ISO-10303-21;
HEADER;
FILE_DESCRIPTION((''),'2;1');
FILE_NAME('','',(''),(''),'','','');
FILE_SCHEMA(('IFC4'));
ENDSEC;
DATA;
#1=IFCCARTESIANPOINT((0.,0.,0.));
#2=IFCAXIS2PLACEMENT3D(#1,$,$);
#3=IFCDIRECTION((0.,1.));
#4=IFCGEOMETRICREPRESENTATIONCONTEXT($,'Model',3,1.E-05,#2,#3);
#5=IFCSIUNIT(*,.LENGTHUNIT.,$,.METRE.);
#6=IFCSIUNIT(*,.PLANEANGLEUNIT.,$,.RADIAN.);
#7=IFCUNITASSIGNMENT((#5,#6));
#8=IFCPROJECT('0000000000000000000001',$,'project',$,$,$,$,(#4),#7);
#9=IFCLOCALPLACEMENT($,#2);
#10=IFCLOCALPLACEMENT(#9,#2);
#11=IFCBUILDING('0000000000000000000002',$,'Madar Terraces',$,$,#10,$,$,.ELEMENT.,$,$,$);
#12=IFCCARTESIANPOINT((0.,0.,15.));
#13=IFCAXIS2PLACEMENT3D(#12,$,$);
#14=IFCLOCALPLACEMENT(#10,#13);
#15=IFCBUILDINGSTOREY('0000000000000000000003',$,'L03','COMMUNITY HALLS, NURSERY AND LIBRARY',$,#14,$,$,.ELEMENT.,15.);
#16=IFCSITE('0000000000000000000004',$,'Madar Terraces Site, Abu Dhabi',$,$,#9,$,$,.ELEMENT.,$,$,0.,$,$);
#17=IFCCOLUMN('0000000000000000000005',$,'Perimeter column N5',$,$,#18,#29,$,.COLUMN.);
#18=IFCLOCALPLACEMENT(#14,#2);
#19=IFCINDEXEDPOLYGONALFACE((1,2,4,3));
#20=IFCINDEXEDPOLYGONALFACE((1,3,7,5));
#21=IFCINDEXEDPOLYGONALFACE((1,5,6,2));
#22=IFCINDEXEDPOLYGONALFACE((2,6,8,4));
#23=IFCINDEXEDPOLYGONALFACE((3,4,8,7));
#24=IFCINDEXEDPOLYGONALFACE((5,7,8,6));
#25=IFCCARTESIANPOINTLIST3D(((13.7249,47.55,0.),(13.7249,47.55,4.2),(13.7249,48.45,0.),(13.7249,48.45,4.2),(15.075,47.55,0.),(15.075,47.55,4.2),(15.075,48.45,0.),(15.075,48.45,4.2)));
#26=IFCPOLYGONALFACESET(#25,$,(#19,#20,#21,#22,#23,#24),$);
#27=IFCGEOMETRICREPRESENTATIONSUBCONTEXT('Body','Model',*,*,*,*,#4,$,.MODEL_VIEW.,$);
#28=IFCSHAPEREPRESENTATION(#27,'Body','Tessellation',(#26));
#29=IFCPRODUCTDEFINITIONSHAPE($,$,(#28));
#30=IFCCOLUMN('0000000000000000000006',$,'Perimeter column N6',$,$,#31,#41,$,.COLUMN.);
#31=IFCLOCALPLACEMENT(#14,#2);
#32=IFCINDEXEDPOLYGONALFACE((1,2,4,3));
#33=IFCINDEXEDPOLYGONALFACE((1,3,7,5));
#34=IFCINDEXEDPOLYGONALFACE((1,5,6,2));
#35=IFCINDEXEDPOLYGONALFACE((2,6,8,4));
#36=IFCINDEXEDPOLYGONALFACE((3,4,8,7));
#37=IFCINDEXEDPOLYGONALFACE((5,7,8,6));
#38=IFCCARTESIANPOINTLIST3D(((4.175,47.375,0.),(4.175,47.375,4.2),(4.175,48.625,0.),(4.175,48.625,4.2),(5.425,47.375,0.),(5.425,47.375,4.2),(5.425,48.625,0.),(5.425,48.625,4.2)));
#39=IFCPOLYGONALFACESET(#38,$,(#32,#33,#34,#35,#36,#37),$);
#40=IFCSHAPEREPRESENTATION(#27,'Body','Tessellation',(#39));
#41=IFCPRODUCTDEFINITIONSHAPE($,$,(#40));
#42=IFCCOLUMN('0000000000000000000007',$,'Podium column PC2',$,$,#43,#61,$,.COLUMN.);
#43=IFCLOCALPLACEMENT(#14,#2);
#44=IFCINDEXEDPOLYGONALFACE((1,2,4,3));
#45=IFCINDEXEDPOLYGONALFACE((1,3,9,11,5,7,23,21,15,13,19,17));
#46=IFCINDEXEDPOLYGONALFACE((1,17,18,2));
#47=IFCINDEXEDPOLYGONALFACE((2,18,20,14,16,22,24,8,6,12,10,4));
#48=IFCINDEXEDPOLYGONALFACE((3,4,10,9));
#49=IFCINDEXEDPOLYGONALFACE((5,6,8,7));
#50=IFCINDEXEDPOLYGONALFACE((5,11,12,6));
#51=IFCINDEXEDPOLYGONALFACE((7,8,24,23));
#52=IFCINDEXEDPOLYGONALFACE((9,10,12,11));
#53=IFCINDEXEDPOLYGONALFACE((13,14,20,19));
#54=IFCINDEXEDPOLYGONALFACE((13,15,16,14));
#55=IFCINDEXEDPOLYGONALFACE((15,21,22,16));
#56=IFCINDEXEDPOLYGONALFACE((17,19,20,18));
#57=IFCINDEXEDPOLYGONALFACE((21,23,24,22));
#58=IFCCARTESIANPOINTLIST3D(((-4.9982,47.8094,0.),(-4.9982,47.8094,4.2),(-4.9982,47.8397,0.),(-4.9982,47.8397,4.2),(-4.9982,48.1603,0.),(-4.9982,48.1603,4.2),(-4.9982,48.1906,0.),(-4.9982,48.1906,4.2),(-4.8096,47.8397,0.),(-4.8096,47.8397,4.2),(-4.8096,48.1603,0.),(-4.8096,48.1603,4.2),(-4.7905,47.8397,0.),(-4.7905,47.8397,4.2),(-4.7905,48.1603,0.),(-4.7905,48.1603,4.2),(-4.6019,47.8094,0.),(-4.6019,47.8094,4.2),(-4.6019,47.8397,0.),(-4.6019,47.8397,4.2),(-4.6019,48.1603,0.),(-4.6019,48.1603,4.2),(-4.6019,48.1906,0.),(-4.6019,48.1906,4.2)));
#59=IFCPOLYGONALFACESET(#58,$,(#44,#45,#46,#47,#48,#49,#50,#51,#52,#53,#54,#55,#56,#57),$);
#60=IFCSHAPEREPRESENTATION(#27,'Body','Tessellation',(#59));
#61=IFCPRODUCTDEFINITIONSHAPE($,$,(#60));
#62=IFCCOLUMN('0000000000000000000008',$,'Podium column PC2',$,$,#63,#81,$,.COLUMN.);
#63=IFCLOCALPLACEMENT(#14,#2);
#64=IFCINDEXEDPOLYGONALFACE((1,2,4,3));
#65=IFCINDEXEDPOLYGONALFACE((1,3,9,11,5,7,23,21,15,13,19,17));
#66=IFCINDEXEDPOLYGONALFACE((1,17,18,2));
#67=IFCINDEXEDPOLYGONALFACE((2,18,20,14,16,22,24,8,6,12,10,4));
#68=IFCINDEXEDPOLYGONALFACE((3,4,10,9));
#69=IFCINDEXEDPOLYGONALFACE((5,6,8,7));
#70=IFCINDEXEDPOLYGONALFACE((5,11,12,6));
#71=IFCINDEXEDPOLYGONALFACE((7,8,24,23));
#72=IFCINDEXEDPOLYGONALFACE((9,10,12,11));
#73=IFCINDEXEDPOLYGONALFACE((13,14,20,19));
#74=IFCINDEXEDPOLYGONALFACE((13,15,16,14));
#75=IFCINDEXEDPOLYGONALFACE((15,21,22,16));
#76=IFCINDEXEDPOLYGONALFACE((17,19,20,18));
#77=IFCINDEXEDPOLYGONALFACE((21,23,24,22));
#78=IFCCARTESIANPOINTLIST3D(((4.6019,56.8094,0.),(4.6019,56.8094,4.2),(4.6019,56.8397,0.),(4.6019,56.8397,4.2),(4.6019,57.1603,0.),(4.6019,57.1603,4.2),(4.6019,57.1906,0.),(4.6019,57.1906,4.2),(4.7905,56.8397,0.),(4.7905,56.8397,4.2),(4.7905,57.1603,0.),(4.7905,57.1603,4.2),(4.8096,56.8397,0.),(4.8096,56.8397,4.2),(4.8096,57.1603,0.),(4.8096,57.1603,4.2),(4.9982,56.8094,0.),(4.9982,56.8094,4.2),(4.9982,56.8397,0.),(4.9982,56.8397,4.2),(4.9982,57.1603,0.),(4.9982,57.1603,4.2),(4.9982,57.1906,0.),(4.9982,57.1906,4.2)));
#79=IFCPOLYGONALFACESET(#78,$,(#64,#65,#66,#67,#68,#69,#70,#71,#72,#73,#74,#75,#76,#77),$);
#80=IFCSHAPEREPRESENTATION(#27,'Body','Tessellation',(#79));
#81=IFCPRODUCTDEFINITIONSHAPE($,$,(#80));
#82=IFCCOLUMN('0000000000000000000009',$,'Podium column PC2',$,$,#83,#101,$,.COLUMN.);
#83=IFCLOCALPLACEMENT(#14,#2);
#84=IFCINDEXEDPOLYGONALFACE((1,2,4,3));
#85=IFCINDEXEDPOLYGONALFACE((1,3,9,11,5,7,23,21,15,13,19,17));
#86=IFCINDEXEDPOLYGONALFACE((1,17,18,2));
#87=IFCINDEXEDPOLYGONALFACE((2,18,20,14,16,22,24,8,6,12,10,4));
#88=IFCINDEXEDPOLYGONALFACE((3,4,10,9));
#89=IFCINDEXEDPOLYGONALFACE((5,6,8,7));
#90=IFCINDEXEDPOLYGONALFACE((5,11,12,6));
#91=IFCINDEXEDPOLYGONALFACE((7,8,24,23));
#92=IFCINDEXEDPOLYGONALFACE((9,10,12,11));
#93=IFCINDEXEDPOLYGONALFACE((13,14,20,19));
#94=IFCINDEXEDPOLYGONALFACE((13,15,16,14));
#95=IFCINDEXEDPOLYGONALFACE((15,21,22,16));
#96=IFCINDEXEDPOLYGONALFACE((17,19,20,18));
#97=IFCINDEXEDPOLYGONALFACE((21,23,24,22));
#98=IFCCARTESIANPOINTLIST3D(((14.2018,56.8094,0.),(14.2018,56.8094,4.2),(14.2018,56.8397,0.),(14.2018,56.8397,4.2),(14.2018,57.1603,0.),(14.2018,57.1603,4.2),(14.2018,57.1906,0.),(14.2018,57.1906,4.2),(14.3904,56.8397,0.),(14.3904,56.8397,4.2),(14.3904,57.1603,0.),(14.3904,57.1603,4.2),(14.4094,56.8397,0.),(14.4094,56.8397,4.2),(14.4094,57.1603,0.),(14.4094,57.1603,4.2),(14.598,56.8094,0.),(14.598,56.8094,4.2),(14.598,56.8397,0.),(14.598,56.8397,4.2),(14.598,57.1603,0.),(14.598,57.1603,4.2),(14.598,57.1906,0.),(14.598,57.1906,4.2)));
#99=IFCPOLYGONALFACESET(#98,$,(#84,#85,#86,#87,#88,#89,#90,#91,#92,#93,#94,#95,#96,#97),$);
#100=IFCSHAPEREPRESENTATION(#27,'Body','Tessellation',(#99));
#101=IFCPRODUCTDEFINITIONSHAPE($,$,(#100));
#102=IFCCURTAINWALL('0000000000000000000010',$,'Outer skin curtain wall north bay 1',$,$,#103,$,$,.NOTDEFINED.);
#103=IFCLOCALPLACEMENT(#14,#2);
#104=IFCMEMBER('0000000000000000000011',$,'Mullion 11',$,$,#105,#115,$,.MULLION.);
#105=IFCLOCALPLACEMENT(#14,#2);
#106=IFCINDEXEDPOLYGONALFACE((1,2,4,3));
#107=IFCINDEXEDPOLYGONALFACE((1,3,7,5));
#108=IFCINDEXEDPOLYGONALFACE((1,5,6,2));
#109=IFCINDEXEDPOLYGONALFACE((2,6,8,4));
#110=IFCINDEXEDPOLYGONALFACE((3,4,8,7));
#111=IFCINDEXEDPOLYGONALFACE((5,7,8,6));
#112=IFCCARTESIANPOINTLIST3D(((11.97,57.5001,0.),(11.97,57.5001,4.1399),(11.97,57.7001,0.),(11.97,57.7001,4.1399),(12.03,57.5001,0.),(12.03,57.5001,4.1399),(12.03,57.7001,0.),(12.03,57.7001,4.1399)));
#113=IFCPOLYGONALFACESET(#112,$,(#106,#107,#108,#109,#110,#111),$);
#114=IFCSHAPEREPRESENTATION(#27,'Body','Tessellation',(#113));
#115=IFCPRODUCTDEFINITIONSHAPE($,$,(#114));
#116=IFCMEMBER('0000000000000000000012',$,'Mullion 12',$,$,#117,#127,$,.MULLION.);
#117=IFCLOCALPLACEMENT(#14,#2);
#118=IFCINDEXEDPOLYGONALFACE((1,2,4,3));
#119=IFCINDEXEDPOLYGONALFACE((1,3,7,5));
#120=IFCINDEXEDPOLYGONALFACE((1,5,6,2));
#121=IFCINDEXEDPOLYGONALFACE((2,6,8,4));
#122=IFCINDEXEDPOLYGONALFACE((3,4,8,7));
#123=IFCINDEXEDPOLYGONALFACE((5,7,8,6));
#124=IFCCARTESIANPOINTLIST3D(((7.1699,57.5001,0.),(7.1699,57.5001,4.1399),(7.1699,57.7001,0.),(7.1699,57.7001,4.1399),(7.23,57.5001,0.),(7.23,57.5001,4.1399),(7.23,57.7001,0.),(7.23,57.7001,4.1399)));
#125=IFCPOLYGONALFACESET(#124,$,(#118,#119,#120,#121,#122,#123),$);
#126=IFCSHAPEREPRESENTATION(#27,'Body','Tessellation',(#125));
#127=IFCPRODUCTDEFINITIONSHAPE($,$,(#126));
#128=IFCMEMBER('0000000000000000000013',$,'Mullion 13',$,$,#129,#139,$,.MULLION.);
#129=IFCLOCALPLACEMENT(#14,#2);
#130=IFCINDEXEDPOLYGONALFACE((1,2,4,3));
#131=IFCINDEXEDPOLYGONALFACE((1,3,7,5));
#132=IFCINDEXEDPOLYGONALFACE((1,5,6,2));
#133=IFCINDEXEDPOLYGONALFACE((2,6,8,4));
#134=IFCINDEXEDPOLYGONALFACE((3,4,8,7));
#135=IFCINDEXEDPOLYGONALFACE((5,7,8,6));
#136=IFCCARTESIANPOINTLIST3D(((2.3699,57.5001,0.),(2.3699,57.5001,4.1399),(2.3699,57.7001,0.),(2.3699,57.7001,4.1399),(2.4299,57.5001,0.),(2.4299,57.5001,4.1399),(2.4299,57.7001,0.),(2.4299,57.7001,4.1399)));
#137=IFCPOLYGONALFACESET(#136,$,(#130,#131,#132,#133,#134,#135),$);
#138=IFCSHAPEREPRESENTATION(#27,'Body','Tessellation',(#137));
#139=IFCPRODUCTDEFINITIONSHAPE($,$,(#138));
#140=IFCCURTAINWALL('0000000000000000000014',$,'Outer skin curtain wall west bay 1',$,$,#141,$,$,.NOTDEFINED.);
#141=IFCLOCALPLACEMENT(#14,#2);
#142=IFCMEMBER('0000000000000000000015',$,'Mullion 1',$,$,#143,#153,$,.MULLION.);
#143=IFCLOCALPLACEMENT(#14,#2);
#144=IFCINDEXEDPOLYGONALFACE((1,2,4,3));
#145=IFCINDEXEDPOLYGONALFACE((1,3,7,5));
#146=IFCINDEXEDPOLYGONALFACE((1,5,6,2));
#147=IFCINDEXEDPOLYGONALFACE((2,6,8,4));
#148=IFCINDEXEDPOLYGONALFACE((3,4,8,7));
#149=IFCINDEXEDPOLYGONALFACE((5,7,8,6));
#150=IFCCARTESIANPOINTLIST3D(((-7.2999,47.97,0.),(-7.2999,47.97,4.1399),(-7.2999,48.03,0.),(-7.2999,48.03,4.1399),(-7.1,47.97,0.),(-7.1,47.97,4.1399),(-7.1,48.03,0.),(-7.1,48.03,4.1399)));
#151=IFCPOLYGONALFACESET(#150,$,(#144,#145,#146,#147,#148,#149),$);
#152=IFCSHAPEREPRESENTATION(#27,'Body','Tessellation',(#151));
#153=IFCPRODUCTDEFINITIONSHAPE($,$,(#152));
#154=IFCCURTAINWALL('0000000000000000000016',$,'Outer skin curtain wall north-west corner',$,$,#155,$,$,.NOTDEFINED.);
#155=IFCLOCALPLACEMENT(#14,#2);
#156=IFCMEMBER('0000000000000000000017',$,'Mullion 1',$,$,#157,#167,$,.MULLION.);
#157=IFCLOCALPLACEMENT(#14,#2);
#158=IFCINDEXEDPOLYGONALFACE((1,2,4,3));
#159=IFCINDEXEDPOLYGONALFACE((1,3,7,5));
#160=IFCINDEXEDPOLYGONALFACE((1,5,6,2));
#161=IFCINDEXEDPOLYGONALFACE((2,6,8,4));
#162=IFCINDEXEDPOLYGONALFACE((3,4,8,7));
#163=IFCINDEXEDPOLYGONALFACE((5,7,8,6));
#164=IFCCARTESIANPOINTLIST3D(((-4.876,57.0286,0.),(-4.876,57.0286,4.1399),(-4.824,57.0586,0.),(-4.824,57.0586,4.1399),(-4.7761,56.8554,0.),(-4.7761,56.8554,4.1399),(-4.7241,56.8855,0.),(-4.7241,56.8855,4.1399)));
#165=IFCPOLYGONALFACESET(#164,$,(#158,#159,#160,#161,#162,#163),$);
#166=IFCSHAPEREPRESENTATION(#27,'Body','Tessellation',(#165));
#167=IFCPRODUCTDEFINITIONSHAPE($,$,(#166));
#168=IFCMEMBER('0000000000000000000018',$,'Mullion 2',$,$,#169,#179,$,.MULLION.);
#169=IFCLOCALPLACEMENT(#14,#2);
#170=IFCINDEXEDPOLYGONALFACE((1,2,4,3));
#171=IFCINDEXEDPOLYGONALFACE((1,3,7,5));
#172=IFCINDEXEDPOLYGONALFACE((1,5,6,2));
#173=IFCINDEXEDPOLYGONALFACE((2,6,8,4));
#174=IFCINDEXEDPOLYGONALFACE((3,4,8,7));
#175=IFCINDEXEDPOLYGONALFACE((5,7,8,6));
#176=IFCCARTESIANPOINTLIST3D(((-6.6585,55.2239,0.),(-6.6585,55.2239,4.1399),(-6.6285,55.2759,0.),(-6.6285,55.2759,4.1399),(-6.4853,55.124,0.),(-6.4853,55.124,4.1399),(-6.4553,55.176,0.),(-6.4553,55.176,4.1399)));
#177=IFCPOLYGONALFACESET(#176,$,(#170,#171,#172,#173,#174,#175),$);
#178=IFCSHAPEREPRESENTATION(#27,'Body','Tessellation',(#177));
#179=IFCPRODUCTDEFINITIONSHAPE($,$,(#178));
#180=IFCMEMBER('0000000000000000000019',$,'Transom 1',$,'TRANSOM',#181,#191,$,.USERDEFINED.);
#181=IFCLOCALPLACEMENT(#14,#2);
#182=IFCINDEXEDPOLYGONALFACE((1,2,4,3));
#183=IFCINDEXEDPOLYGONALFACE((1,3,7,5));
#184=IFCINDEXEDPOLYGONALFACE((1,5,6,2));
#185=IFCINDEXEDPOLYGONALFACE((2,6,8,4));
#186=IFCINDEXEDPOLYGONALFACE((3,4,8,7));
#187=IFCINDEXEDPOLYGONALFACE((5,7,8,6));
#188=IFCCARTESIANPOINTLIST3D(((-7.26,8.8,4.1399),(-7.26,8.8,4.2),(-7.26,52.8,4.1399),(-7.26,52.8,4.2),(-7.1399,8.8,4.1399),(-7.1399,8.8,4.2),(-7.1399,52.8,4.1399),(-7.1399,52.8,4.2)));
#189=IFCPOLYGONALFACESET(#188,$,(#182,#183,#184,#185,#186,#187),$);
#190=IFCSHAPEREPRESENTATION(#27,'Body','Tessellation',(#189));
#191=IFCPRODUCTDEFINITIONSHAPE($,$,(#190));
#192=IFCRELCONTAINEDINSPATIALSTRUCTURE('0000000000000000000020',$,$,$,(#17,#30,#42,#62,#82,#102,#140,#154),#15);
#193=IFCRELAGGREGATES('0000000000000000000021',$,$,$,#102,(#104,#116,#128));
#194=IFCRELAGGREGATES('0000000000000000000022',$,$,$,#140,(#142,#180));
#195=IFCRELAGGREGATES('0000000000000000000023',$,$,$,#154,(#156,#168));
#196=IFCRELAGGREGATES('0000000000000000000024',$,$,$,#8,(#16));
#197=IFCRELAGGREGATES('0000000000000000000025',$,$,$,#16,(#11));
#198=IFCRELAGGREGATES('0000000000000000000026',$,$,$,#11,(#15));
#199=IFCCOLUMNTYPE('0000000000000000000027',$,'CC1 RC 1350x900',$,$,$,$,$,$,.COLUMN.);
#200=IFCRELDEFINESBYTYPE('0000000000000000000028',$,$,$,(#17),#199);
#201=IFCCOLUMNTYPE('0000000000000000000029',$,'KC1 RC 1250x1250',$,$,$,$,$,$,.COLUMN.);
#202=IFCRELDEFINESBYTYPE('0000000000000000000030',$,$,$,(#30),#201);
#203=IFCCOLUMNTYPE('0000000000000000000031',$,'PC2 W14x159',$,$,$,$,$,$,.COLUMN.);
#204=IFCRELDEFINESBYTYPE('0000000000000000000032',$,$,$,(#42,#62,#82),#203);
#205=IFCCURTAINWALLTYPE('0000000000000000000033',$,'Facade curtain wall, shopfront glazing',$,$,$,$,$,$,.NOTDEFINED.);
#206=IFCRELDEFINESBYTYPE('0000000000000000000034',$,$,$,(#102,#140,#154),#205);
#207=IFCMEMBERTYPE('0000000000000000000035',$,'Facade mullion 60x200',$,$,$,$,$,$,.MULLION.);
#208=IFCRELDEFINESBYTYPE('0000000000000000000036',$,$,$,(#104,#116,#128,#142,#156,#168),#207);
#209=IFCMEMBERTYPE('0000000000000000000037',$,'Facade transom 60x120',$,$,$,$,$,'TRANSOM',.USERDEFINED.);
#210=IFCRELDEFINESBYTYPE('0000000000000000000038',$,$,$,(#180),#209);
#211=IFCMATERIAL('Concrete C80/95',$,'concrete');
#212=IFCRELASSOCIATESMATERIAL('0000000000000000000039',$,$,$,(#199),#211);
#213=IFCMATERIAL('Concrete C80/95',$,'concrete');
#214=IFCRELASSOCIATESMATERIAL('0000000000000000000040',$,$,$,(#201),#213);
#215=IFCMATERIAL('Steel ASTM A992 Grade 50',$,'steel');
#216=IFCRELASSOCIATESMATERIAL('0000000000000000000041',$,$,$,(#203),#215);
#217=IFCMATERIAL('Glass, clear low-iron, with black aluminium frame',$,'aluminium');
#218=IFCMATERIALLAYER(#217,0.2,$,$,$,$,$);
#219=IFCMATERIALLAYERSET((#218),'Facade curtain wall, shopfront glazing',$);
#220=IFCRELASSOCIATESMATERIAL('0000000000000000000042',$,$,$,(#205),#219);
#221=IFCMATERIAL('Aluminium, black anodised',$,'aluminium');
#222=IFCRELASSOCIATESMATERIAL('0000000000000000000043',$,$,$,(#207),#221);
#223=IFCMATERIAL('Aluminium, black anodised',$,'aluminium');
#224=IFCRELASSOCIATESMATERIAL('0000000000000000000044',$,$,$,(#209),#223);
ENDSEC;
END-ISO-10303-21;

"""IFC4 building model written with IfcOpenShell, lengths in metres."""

from ifc_helpers import new_model, si_unit, direction, frame, origin, origin_2d, place, context, subcontext, project, spatial, rectangle, i_section, extrude, material, layer, layer_set, material_profile, profile_set, type_object, element, aggregate, save


model = new_model("IFC4")

# Units and contexts
model_context = context("Model", 3, precision=1e-05, world=origin(), true_north=direction((0.0, 1.0)))
body_context = subcontext(model_context, "Body", "Model", "MODEL_VIEW")
ifc_project = project(units=[si_unit("LENGTHUNIT", "METRE"), si_unit("PLANEANGLEUNIT", "RADIAN")], contexts=[model_context])

# Site, building, storey
site_placement = place(None, origin())
site = spatial("IfcSite", under=ifc_project, at=site_placement, Name="Madar Terraces Site, Abu Dhabi", CompositionType="ELEMENT", RefElevation=0.0)
building_placement = place(site_placement, origin())
building = spatial("IfcBuilding", under=site, at=building_placement, Name="Madar Terraces", CompositionType="ELEMENT")
storey_placement = place(building_placement, frame((0.0, 0.0, 15.0)))
storey = spatial("IfcBuildingStorey", under=building, at=storey_placement, Name="L03", Description="COMMUNITY HALLS, NURSERY AND LIBRARY", CompositionType="ELEMENT", Elevation=15.0)

# Columns
ifc_material_1 = material(Name="Concrete C80/95", Category="concrete")
ifc_material_profile_1 = material_profile(ifc_material_1, rectangle(XDim=1.3501, YDim=0.8999, at=origin_2d()), Name="CC1 RC 1350x900")
ifc_profile_set_1 = profile_set([ifc_material_profile_1], Name="Concrete C80/95")
column_type_1 = type_object("IfcColumnType", Name="CC1 RC 1350x900", PredefinedType="COLUMN", material=ifc_profile_set_1)
column_1_placement = place(storey_placement, frame((14.3999, 48.0, 0.0), z_axis=(0.0, 0.0, 1.0), x_axis=(1.0, 0.0, 0.0)))
element("IfcColumn", 1, at=column_1_placement, inside=storey, type_object=column_type_1, Name="Perimeter column N5", PredefinedType="COLUMN", context=body_context, shape_type="SweptSolid", body=[
    extrude(rectangle(XDim=1.3501, YDim=0.8999, at=origin_2d()), origin(), (0.0, 0.0, 1.0), 4.2),
])
ifc_material_2 = material(Name="Concrete C80/95", Category="concrete")
ifc_material_profile_2 = material_profile(ifc_material_2, rectangle(XDim=1.25, YDim=1.25, at=origin_2d()), Name="KC1 RC 1250x1250")
ifc_profile_set_2 = profile_set([ifc_material_profile_2], Name="Concrete C80/95")
column_type_2 = type_object("IfcColumnType", Name="KC1 RC 1250x1250", PredefinedType="COLUMN", material=ifc_profile_set_2)
column_2_placement = place(storey_placement, frame((4.8, 48.0, 0.0), z_axis=(0.0, 0.0, 1.0), x_axis=(1.0, 0.0, 0.0)))
element("IfcColumn", 2, at=column_2_placement, inside=storey, type_object=column_type_2, Name="Perimeter column N6", PredefinedType="COLUMN", context=body_context, shape_type="SweptSolid", body=[
    extrude(rectangle(XDim=1.25, YDim=1.25, at=origin_2d()), origin(), (0.0, 0.0, 1.0), 4.2),
])
ifc_material_3 = material(Name="Steel ASTM A992 Grade 50", Category="steel")
ifc_material_profile_3 = material_profile(ifc_material_3, i_section(OverallWidth=0.3962, OverallDepth=0.3811, WebThickness=0.019, FlangeThickness=0.0303, at=origin_2d()), Name="W14x159")
ifc_profile_set_3 = profile_set([ifc_material_profile_3], Name="Steel ASTM A992 Grade 50")
column_type_3 = type_object("IfcColumnType", Name="PC2 W14x159", PredefinedType="COLUMN", material=ifc_profile_set_3)
for number, where, z_axis, x_axis, name in (
    (3, (-4.8, 48.0, 0.0), (0.0, 0.0, 1.0), (1.0, 0.0, 0.0), "Podium column PC2"),
    (4, (4.8, 57.0, 0.0), (0.0, 0.0, 1.0), (1.0, 0.0, 0.0), "Podium column PC2"),
    (5, (14.3999, 57.0, 0.0), (0.0, 0.0, 1.0), (1.0, 0.0, 0.0), "Podium column PC2"),
):
    element("IfcColumn", number, at=place(storey_placement, frame(where, z_axis=z_axis, x_axis=x_axis)), inside=storey, type_object=column_type_3, Name=name, PredefinedType="COLUMN", context=body_context, shape_type="SweptSolid", body=[
        extrude(i_section(OverallWidth=0.3962, OverallDepth=0.3811, WebThickness=0.019, FlangeThickness=0.0303, at=origin_2d()), origin(), (0.0, 0.0, 1.0), 4.2),
    ])

# Curtain wall, members
ifc_material_4 = material(Name="Glass, clear low-iron, with black aluminium frame", Category="aluminium")
ifc_layer_1 = layer(ifc_material_4, 0.2)
ifc_layer_set_1 = layer_set([ifc_layer_1], Name="Facade curtain wall, shopfront glazing")
curtain_wall_type = type_object("IfcCurtainWallType", Name="Facade curtain wall, shopfront glazing", PredefinedType="NOTDEFINED", material=ifc_layer_set_1)
curtain_wall_1_placement = place(storey_placement, origin())
curtain_wall_1 = element("IfcCurtainWall", 6, at=curtain_wall_1_placement, inside=storey, type_object=curtain_wall_type, Name="Outer skin curtain wall north bay 1", PredefinedType="NOTDEFINED")
ifc_material_5 = material(Name="Aluminium, black anodised", Category="aluminium")
ifc_material_profile_4 = material_profile(ifc_material_5, rectangle(XDim=0.2, YDim=0.0601, at=origin_2d()), Name="Facade mullion 60x200")
ifc_profile_set_4 = profile_set([ifc_material_profile_4], Name="Aluminium, black anodised")
member_type_1 = type_object("IfcMemberType", Name="Facade mullion 60x200", PredefinedType="MULLION", material=ifc_profile_set_4)
member_1_placement = place(storey_placement, frame((12.0, 57.6001, 0.0), z_axis=(0.0, 0.0, 1.0), x_axis=(0.0, -1.0, 0.0)))
member_1 = element("IfcMember", 7, at=member_1_placement, type_object=member_type_1, Name="Mullion 11", PredefinedType="MULLION", context=body_context, shape_type="SweptSolid", body=[
    extrude(rectangle(XDim=0.2, YDim=0.0601, at=origin_2d()), origin(), (0.0, 0.0, 1.0), 4.1399),
])
member_2_placement = place(storey_placement, frame((7.2, 57.6001, 0.0), z_axis=(0.0, 0.0, 1.0), x_axis=(0.0, -1.0, 0.0)))
member_2 = element("IfcMember", 8, at=member_2_placement, type_object=member_type_1, Name="Mullion 12", PredefinedType="MULLION", context=body_context, shape_type="SweptSolid", body=[
    extrude(rectangle(XDim=0.2, YDim=0.0601, at=origin_2d()), origin(), (0.0, 0.0, 1.0), 4.1399),
])
member_3_placement = place(storey_placement, frame((2.3999, 57.6001, 0.0), z_axis=(0.0, 0.0, 1.0), x_axis=(0.0, -1.0, 0.0)))
member_3 = element("IfcMember", 9, at=member_3_placement, type_object=member_type_1, Name="Mullion 13", PredefinedType="MULLION", context=body_context, shape_type="SweptSolid", body=[
    extrude(rectangle(XDim=0.2, YDim=0.0601, at=origin_2d()), origin(), (0.0, 0.0, 1.0), 4.1399),
])

# Curtain wall, member
curtain_wall_2_placement = place(storey_placement, origin())
curtain_wall_2 = element("IfcCurtainWall", 10, at=curtain_wall_2_placement, inside=storey, type_object=curtain_wall_type, Name="Outer skin curtain wall west bay 1", PredefinedType="NOTDEFINED")
member_4_placement = place(storey_placement, frame((-7.2, 48.0, 0.0), z_axis=(0.0, 0.0, 1.0), x_axis=(1.0, 0.0, 0.0)))
member_4 = element("IfcMember", 11, at=member_4_placement, type_object=member_type_1, Name="Mullion 1", PredefinedType="MULLION", context=body_context, shape_type="SweptSolid", body=[
    extrude(rectangle(XDim=0.2, YDim=0.0601, at=origin_2d()), origin(), (0.0, 0.0, 1.0), 4.1399),
])

# Curtain wall, members
curtain_wall_3_placement = place(storey_placement, origin())
curtain_wall_3 = element("IfcCurtainWall", 12, at=curtain_wall_3_placement, inside=storey, type_object=curtain_wall_type, Name="Outer skin curtain wall north-west corner", PredefinedType="NOTDEFINED")
member_5_placement = place(storey_placement, frame((-4.8, 56.957, 0.0), z_axis=(0.0, 0.0, 1.0), x_axis=(0.5, -0.866025, 0.0)))
member_5 = element("IfcMember", 13, at=member_5_placement, type_object=member_type_1, Name="Mullion 1", PredefinedType="MULLION", context=body_context, shape_type="SweptSolid", body=[
    extrude(rectangle(XDim=0.2, YDim=0.0601, at=origin_2d()), origin(), (0.0, 0.0, 1.0), 4.1399),
])
member_6_placement = place(storey_placement, frame((-6.5569, 55.2, 0.0), z_axis=(0.0, 0.0, 1.0), x_axis=(0.866025, -0.5, 0.0)))
member_6 = element("IfcMember", 14, at=member_6_placement, type_object=member_type_1, Name="Mullion 2", PredefinedType="MULLION", context=body_context, shape_type="SweptSolid", body=[
    extrude(rectangle(XDim=0.2, YDim=0.0601, at=origin_2d()), origin(), (0.0, 0.0, 1.0), 4.1399),
])

# Member
ifc_material_6 = material(Name="Aluminium, black anodised", Category="aluminium")
ifc_material_profile_5 = material_profile(ifc_material_6, rectangle(XDim=0.1201, YDim=0.0601, at=origin_2d()), Name="Facade transom 60x120")
ifc_profile_set_5 = profile_set([ifc_material_profile_5], Name="Aluminium, black anodised")
member_type_2 = type_object("IfcMemberType", Name="Facade transom 60x120", ElementType="TRANSOM", PredefinedType="USERDEFINED", material=ifc_profile_set_5)
member_7_placement = place(storey_placement, frame((-7.2, 52.8, 4.1699), z_axis=(0.0, -1.0, 0.0), x_axis=(1.0, 0.0, 0.0)))
member_7 = element("IfcMember", 15, at=member_7_placement, type_object=member_type_2, Name="Transom 1", ObjectType="TRANSOM", PredefinedType="USERDEFINED", context=body_context, shape_type="SweptSolid", body=[
    extrude(rectangle(XDim=0.1201, YDim=0.0601, at=origin_2d()), origin(), (0.0, 0.0, 1.0), 44.0),
])

aggregate(curtain_wall_1, [member_1, member_2, member_3])
aggregate(curtain_wall_2, [member_4, member_7])
aggregate(curtain_wall_3, [member_5, member_6])

save(model, "model.ifc")
